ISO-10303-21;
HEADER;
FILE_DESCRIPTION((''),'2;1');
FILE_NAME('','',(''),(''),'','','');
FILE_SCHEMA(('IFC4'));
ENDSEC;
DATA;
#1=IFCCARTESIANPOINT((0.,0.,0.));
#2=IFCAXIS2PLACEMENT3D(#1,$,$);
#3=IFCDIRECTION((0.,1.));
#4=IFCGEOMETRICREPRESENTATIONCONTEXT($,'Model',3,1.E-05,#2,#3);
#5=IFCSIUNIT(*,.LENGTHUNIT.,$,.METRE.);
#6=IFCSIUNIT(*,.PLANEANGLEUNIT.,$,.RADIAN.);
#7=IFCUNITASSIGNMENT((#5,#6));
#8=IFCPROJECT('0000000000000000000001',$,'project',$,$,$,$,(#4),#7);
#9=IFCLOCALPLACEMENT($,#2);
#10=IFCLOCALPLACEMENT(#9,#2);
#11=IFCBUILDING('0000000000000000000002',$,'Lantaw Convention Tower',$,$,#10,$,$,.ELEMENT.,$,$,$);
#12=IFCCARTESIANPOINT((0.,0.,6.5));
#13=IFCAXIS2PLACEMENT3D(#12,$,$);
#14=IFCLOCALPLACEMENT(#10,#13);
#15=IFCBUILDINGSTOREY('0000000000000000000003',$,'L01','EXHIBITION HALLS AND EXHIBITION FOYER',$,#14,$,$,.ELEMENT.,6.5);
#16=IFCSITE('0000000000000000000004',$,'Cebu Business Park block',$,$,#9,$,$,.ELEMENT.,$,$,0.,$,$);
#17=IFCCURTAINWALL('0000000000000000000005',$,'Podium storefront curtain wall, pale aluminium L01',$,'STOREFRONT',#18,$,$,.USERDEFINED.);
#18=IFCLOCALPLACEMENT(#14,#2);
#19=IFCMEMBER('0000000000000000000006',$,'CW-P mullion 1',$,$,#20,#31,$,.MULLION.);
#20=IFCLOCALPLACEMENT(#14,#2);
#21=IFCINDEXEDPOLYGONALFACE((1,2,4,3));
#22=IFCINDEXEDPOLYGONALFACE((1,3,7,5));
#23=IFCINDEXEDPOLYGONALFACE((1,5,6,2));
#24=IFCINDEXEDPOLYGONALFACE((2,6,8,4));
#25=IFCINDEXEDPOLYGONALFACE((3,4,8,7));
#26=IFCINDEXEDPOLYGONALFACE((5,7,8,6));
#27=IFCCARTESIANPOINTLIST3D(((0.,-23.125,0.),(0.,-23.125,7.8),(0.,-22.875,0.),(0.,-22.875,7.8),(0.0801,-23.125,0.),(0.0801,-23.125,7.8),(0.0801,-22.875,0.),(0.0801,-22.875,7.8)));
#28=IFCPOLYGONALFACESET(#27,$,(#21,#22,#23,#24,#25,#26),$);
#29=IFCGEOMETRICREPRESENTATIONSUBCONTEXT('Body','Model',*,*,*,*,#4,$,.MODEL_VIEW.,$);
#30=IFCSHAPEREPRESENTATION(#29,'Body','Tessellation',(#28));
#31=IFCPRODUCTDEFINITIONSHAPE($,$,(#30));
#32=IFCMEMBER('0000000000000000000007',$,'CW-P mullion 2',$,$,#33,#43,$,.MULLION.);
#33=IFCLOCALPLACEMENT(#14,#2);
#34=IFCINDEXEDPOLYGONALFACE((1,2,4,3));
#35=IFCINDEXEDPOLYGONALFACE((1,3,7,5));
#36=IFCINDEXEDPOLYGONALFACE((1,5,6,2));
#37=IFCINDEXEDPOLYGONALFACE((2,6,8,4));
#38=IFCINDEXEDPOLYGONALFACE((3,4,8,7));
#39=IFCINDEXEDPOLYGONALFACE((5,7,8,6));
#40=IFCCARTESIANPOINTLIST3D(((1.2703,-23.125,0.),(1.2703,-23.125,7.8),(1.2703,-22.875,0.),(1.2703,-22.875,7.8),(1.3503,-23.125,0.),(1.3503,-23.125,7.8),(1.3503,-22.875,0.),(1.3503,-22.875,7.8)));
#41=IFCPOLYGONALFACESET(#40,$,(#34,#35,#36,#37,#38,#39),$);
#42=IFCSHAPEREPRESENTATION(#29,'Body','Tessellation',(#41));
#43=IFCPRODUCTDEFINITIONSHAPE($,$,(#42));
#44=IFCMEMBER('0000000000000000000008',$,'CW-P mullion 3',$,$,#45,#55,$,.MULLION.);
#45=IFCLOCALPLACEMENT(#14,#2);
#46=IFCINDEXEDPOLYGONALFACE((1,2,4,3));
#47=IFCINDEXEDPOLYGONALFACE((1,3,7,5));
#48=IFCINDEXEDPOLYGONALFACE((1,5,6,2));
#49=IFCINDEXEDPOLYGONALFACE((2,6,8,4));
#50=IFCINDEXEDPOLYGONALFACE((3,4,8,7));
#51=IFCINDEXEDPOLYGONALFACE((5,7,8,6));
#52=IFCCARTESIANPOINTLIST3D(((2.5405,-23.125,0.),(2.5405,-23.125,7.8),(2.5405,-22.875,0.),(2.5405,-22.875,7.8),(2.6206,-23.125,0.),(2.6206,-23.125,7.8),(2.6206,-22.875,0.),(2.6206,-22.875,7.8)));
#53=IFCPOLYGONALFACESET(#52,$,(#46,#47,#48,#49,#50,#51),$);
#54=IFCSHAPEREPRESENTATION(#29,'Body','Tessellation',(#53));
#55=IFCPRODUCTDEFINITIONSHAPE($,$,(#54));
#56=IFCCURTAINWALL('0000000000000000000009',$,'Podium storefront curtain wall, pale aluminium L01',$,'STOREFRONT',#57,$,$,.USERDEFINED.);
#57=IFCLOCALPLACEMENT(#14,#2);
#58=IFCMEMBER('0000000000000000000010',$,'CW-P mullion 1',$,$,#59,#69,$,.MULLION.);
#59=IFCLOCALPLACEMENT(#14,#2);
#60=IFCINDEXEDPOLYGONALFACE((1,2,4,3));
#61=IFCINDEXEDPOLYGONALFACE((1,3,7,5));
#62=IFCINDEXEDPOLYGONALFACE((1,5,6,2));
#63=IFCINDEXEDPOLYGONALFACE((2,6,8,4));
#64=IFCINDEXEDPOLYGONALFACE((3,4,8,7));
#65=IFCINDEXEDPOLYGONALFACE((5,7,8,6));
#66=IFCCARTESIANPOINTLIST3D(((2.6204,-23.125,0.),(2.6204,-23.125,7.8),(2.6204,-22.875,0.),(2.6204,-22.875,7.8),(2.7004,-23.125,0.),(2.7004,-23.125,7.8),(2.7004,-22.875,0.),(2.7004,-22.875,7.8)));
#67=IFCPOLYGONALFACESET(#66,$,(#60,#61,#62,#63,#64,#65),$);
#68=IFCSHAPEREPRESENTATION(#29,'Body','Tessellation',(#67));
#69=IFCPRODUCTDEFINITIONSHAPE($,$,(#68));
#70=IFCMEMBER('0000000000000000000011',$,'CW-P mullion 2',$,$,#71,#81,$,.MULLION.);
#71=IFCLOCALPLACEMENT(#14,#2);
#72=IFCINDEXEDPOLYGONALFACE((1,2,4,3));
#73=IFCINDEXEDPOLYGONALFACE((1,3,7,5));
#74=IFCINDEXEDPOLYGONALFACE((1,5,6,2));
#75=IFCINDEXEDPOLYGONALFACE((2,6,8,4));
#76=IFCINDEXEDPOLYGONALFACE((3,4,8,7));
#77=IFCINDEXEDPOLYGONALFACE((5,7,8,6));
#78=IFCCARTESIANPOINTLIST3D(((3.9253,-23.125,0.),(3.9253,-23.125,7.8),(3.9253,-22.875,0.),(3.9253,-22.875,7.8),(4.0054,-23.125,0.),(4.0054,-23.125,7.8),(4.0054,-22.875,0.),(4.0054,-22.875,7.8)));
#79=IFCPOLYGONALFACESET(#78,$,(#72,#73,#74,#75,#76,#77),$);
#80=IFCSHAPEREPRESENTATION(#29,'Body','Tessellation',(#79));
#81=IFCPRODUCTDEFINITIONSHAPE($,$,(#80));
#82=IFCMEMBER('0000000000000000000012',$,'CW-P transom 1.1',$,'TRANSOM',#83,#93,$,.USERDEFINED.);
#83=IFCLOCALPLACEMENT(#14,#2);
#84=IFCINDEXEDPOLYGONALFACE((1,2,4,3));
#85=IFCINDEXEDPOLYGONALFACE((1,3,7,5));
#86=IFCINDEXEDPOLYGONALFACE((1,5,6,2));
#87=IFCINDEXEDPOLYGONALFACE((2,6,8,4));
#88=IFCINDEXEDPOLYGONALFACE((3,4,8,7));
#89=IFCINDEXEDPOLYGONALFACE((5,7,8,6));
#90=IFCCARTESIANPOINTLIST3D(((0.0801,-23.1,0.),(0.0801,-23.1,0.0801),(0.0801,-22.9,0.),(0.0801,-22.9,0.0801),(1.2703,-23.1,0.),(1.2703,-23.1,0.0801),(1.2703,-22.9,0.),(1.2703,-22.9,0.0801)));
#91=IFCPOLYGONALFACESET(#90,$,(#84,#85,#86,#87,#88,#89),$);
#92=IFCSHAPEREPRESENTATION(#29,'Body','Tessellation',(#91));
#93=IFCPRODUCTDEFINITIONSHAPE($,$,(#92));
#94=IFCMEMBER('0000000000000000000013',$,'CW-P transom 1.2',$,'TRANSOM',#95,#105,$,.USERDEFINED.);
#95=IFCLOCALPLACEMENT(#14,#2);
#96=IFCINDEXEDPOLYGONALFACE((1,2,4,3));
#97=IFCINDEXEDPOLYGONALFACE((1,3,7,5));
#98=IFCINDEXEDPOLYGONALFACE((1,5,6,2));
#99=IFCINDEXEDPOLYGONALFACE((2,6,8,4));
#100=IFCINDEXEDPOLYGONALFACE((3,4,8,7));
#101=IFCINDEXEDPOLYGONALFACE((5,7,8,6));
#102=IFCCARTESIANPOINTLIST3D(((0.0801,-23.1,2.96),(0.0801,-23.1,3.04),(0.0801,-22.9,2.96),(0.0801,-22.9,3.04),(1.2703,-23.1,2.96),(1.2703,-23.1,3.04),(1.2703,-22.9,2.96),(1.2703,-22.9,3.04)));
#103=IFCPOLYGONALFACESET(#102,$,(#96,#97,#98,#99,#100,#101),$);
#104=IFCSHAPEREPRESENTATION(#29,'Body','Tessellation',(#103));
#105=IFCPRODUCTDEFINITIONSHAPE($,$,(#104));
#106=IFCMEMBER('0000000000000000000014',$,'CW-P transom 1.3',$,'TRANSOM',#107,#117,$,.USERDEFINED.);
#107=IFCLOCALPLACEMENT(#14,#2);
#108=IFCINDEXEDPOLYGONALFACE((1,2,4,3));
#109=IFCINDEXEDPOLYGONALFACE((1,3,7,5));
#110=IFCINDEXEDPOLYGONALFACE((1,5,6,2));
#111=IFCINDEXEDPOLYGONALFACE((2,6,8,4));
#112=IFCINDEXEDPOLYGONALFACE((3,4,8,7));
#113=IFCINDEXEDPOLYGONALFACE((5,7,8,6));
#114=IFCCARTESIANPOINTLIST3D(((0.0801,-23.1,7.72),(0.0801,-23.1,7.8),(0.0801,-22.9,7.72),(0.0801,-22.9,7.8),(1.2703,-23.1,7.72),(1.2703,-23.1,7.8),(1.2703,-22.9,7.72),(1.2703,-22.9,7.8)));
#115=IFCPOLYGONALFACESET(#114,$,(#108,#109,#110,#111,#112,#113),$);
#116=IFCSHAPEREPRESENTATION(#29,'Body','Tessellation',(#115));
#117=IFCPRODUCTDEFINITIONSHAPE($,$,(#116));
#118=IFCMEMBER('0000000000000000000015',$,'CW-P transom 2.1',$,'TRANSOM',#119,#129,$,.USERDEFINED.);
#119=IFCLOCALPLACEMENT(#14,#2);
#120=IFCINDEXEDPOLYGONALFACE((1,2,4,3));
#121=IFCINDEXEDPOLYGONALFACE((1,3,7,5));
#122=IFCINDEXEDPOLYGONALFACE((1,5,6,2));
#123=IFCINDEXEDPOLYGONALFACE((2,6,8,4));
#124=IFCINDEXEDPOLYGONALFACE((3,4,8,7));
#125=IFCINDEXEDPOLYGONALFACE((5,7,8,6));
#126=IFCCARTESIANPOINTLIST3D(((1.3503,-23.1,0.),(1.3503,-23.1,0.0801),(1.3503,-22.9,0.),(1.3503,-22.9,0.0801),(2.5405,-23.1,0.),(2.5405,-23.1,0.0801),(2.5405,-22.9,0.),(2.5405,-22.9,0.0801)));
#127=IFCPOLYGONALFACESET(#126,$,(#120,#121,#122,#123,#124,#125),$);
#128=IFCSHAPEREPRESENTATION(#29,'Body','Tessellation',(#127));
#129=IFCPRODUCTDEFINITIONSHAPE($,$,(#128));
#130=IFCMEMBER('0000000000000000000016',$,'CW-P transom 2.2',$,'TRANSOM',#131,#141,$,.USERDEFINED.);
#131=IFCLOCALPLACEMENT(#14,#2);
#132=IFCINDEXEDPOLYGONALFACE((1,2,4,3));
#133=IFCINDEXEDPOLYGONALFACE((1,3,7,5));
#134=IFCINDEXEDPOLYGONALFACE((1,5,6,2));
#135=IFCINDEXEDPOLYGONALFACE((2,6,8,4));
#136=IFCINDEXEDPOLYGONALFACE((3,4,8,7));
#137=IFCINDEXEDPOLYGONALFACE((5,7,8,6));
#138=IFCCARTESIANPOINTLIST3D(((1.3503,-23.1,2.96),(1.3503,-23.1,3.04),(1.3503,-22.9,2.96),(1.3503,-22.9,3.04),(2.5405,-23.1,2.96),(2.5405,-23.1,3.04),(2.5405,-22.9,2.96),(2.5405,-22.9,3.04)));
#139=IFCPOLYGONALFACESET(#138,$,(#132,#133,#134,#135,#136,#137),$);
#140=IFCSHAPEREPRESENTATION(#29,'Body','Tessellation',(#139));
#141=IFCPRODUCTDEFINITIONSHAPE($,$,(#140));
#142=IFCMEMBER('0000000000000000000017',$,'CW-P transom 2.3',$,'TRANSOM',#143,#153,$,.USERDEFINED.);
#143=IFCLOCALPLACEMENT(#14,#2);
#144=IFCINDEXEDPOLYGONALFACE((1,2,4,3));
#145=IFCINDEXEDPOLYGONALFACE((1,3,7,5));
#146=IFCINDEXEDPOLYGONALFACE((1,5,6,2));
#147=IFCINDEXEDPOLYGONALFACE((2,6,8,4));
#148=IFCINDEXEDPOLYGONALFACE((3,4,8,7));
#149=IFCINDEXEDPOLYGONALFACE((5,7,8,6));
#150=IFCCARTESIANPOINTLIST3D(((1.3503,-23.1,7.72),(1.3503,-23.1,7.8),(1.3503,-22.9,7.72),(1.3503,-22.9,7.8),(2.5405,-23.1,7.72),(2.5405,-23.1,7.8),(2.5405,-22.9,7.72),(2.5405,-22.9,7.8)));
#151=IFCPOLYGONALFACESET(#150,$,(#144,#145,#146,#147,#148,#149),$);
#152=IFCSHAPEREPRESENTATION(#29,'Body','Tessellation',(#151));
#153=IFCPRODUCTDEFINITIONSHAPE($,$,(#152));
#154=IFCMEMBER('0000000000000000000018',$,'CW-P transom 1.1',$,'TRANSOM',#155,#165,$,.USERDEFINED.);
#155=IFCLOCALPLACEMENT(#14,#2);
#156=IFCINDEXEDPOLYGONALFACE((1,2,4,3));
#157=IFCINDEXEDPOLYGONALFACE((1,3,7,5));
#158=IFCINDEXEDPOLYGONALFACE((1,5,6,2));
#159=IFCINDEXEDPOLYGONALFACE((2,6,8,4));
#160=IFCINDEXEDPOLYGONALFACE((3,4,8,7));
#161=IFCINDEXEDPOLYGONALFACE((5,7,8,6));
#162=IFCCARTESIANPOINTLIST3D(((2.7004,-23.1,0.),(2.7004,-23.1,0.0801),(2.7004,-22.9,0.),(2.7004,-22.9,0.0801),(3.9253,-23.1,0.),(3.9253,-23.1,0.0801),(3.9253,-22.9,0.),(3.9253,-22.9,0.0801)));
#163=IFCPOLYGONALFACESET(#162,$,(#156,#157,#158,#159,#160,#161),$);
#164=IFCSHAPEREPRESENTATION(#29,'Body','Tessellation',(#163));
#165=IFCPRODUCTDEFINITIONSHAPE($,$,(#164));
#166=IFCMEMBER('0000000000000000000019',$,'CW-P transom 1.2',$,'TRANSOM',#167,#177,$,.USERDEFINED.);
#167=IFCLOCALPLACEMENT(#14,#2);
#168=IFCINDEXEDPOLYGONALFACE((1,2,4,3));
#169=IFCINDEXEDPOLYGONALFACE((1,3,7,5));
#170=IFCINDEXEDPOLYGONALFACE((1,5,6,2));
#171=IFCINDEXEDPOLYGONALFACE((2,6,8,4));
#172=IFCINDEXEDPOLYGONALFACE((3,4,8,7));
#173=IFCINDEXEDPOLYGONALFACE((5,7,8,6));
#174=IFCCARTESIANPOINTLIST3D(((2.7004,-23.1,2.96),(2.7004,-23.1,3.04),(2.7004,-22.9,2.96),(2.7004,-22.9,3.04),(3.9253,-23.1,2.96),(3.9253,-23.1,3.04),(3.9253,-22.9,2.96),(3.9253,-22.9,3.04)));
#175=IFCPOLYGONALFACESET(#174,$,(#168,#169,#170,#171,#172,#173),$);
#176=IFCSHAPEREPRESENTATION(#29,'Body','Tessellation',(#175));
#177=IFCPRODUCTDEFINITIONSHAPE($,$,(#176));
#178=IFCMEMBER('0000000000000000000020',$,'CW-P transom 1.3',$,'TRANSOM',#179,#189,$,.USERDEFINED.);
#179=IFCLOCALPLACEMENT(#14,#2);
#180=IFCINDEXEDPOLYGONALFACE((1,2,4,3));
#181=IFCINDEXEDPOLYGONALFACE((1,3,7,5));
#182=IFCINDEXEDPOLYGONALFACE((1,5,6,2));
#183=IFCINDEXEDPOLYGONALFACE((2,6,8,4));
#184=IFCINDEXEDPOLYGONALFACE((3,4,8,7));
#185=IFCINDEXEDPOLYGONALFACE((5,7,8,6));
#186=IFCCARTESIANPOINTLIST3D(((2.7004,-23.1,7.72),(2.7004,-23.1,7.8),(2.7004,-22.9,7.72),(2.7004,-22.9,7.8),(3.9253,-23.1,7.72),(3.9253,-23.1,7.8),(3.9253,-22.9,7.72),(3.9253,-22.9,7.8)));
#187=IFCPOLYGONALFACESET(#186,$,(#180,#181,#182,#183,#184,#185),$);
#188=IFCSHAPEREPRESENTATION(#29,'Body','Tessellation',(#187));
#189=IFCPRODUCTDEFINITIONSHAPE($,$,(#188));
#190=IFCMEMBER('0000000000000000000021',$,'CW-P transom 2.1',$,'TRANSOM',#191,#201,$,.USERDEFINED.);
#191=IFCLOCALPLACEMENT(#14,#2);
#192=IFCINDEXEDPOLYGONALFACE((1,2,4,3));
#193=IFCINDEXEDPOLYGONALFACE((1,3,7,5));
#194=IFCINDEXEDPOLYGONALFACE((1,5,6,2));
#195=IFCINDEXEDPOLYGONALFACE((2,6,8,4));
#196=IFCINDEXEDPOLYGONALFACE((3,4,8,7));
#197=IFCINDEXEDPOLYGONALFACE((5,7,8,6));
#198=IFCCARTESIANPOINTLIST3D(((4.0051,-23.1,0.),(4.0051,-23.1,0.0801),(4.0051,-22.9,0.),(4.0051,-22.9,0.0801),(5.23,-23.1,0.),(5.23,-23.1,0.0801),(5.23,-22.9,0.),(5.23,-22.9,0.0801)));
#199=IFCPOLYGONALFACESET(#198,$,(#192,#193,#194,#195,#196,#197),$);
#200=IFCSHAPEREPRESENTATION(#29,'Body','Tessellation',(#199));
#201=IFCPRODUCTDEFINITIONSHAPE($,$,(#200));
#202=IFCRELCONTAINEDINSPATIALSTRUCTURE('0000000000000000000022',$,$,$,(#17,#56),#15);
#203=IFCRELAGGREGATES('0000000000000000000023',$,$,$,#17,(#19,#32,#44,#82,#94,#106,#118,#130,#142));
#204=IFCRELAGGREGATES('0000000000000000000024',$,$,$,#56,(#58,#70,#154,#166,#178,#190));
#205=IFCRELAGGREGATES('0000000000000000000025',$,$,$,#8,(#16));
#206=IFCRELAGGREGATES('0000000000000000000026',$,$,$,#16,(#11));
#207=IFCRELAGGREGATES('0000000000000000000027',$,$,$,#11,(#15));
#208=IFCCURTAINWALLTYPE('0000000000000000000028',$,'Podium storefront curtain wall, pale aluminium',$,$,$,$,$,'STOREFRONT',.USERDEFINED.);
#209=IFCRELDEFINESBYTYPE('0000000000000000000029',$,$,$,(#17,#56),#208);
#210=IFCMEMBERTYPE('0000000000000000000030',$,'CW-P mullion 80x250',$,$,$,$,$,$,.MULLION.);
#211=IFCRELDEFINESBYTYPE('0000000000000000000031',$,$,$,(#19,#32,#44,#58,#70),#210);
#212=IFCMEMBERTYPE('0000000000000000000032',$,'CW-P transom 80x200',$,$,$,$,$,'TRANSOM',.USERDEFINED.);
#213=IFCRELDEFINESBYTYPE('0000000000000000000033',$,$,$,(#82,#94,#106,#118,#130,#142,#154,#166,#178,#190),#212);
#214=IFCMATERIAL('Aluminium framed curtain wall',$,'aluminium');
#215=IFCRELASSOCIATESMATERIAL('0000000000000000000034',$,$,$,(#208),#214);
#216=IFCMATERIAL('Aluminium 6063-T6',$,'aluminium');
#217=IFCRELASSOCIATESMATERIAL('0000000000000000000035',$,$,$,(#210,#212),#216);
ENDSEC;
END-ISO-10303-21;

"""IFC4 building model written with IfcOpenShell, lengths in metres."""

from ifc_helpers import new_model, si_unit, direction, frame, origin, origin_2d, place, context, subcontext, project, spatial, rectangle, extrude, material, material_profile, profile_set, type_object, element, aggregate, save


model = new_model("IFC4")

# Units and contexts
model_context = context("Model", 3, precision=1e-05, world=origin(), true_north=direction((0.0, 1.0)))
body_context = subcontext(model_context, "Body", "Model", "MODEL_VIEW")
ifc_project = project(units=[si_unit("LENGTHUNIT", "METRE"), si_unit("PLANEANGLEUNIT", "RADIAN")], contexts=[model_context])

# Site, building, storey
site_placement = place(None, origin())
site = spatial("IfcSite", under=ifc_project, at=site_placement, Name="Cebu Business Park block", CompositionType="ELEMENT", RefElevation=0.0)
building_placement = place(site_placement, origin())
building = spatial("IfcBuilding", under=site, at=building_placement, Name="Lantaw Convention Tower", CompositionType="ELEMENT")
storey_placement = place(building_placement, frame((0.0, 0.0, 6.5)))
storey = spatial("IfcBuildingStorey", under=building, at=storey_placement, Name="L01", Description="EXHIBITION HALLS AND EXHIBITION FOYER", CompositionType="ELEMENT", Elevation=6.5)

# Curtain walls, members
ifc_material_1 = material(Name="Aluminium framed curtain wall", Category="aluminium")
curtain_wall_type = type_object("IfcCurtainWallType", Name="Podium storefront curtain wall, pale aluminium", ElementType="STOREFRONT", PredefinedType="USERDEFINED", material=ifc_material_1)
curtain_wall_1_placement = place(storey_placement, origin())
curtain_wall_1 = element("IfcCurtainWall", 1, at=curtain_wall_1_placement, inside=storey, type_object=curtain_wall_type, Name="Podium storefront curtain wall, pale aluminium L01", ObjectType="STOREFRONT", PredefinedType="USERDEFINED")
ifc_material_2 = material(Name="Aluminium 6063-T6", Category="aluminium")
ifc_material_profile_1 = material_profile(ifc_material_2, rectangle(XDim=0.25, YDim=0.0801, at=origin_2d()), Name="CW-P mullion 80x250")
ifc_profile_set_1 = profile_set([ifc_material_profile_1], Name="Aluminium 6063-T6")
member_type_1 = type_object("IfcMemberType", Name="CW-P mullion 80x250", PredefinedType="MULLION", material=ifc_profile_set_1)
member_1_placement = place(storey_placement, frame((0.04, -23.0, 0.0), z_axis=(0.0, 0.0, 1.0), x_axis=(0.0, 1.0, 0.0)))
member_1 = element("IfcMember", 2, at=member_1_placement, type_object=member_type_1, Name="CW-P mullion 1", PredefinedType="MULLION", context=body_context, shape_type="SweptSolid", body=[
    extrude(rectangle(XDim=0.25, YDim=0.0801, at=origin_2d()), origin(), (0.0, 0.0, 1.0), 7.8),
])
member_2_placement = place(storey_placement, frame((1.3103, -23.0, 0.0), z_axis=(0.0, 0.0, 1.0), x_axis=(0.0, 1.0, 0.0)))
member_2 = element("IfcMember", 3, at=member_2_placement, type_object=member_type_1, Name="CW-P mullion 2", PredefinedType="MULLION", context=body_context, shape_type="SweptSolid", body=[
    extrude(rectangle(XDim=0.25, YDim=0.0801, at=origin_2d()), origin(), (0.0, 0.0, 1.0), 7.8),
])
member_3_placement = place(storey_placement, frame((2.5806, -23.0, 0.0), z_axis=(0.0, 0.0, 1.0), x_axis=(0.0, 1.0, 0.0)))
member_3 = element("IfcMember", 4, at=member_3_placement, type_object=member_type_1, Name="CW-P mullion 3", PredefinedType="MULLION", context=body_context, shape_type="SweptSolid", body=[
    extrude(rectangle(XDim=0.25, YDim=0.0801, at=origin_2d()), origin(), (0.0, 0.0, 1.0), 7.8),
])
curtain_wall_2_placement = place(storey_placement, origin())
curtain_wall_2 = element("IfcCurtainWall", 5, at=curtain_wall_2_placement, inside=storey, type_object=curtain_wall_type, Name="Podium storefront curtain wall, pale aluminium L01", ObjectType="STOREFRONT", PredefinedType="USERDEFINED")
member_4_placement = place(storey_placement, frame((2.6604, -23.0, 0.0), z_axis=(0.0, 0.0, 1.0), x_axis=(0.0, 1.0, 0.0)))
member_4 = element("IfcMember", 6, at=member_4_placement, type_object=member_type_1, Name="CW-P mullion 1", PredefinedType="MULLION", context=body_context, shape_type="SweptSolid", body=[
    extrude(rectangle(XDim=0.25, YDim=0.0801, at=origin_2d()), origin(), (0.0, 0.0, 1.0), 7.8),
])
member_5_placement = place(storey_placement, frame((3.9653, -23.0, 0.0), z_axis=(0.0, 0.0, 1.0), x_axis=(0.0, 1.0, 0.0)))
member_5 = element("IfcMember", 7, at=member_5_placement, type_object=member_type_1, Name="CW-P mullion 2", PredefinedType="MULLION", context=body_context, shape_type="SweptSolid", body=[
    extrude(rectangle(XDim=0.25, YDim=0.0801, at=origin_2d()), origin(), (0.0, 0.0, 1.0), 7.8),
])

# Members
ifc_material_profile_2 = material_profile(ifc_material_2, rectangle(XDim=0.2, YDim=0.0801, at=origin_2d()), Name="CW-P transom 80x200")
ifc_profile_set_2 = profile_set([ifc_material_profile_2], Name="Aluminium 6063-T6")
member_type_2 = type_object("IfcMemberType", Name="CW-P transom 80x200", ElementType="TRANSOM", PredefinedType="USERDEFINED", material=ifc_profile_set_2)
member_6_placement = place(storey_placement, frame((0.0801, -23.0, 0.04), z_axis=(1.0, 0.0, 0.0), x_axis=(0.0, 1.0, 0.0)))
member_6 = element("IfcMember", 8, at=member_6_placement, type_object=member_type_2, Name="CW-P transom 1.1", ObjectType="TRANSOM", PredefinedType="USERDEFINED", context=body_context, shape_type="SweptSolid", body=[
    extrude(rectangle(XDim=0.2, YDim=0.0801, at=origin_2d()), origin(), (0.0, 0.0, 1.0), 1.1902),
])
member_7_placement = place(storey_placement, frame((0.0801, -23.0, 3.0), z_axis=(1.0, 0.0, 0.0), x_axis=(0.0, 1.0, 0.0)))
member_7 = element("IfcMember", 9, at=member_7_placement, type_object=member_type_2, Name="CW-P transom 1.2", ObjectType="TRANSOM", PredefinedType="USERDEFINED", context=body_context, shape_type="SweptSolid", body=[
    extrude(rectangle(XDim=0.2, YDim=0.0801, at=origin_2d()), origin(), (0.0, 0.0, 1.0), 1.1902),
])
member_8_placement = place(storey_placement, frame((0.0801, -23.0, 7.76), z_axis=(1.0, 0.0, 0.0), x_axis=(0.0, 1.0, 0.0)))
member_8 = element("IfcMember", 10, at=member_8_placement, type_object=member_type_2, Name="CW-P transom 1.3", ObjectType="TRANSOM", PredefinedType="USERDEFINED", context=body_context, shape_type="SweptSolid", body=[
    extrude(rectangle(XDim=0.2, YDim=0.0801, at=origin_2d()), origin(), (0.0, 0.0, 1.0), 1.1902),
])
member_9_placement = place(storey_placement, frame((1.3503, -23.0, 0.04), z_axis=(1.0, 0.0, 0.0), x_axis=(0.0, 1.0, 0.0)))
member_9 = element("IfcMember", 11, at=member_9_placement, type_object=member_type_2, Name="CW-P transom 2.1", ObjectType="TRANSOM", PredefinedType="USERDEFINED", context=body_context, shape_type="SweptSolid", body=[
    extrude(rectangle(XDim=0.2, YDim=0.0801, at=origin_2d()), origin(), (0.0, 0.0, 1.0), 1.1902),
])
member_10_placement = place(storey_placement, frame((1.3503, -23.0, 3.0), z_axis=(1.0, 0.0, 0.0), x_axis=(0.0, 1.0, 0.0)))
member_10 = element("IfcMember", 12, at=member_10_placement, type_object=member_type_2, Name="CW-P transom 2.2", ObjectType="TRANSOM", PredefinedType="USERDEFINED", context=body_context, shape_type="SweptSolid", body=[
    extrude(rectangle(XDim=0.2, YDim=0.0801, at=origin_2d()), origin(), (0.0, 0.0, 1.0), 1.1902),
])
member_11_placement = place(storey_placement, frame((1.3503, -23.0, 7.76), z_axis=(1.0, 0.0, 0.0), x_axis=(0.0, 1.0, 0.0)))
member_11 = element("IfcMember", 13, at=member_11_placement, type_object=member_type_2, Name="CW-P transom 2.3", ObjectType="TRANSOM", PredefinedType="USERDEFINED", context=body_context, shape_type="SweptSolid", body=[
    extrude(rectangle(XDim=0.2, YDim=0.0801, at=origin_2d()), origin(), (0.0, 0.0, 1.0), 1.1902),
])
member_12_placement = place(storey_placement, frame((2.7004, -23.0, 0.04), z_axis=(1.0, 0.0, 0.0), x_axis=(0.0, 1.0, 0.0)))
member_12 = element("IfcMember", 14, at=member_12_placement, type_object=member_type_2, Name="CW-P transom 1.1", ObjectType="TRANSOM", PredefinedType="USERDEFINED", context=body_context, shape_type="SweptSolid", body=[
    extrude(rectangle(XDim=0.2, YDim=0.0801, at=origin_2d()), origin(), (0.0, 0.0, 1.0), 1.2249),
])
member_13_placement = place(storey_placement, frame((2.7004, -23.0, 3.0), z_axis=(1.0, 0.0, 0.0), x_axis=(0.0, 1.0, 0.0)))
member_13 = element("IfcMember", 15, at=member_13_placement, type_object=member_type_2, Name="CW-P transom 1.2", ObjectType="TRANSOM", PredefinedType="USERDEFINED", context=body_context, shape_type="SweptSolid", body=[
    extrude(rectangle(XDim=0.2, YDim=0.0801, at=origin_2d()), origin(), (0.0, 0.0, 1.0), 1.2249),
])
member_14_placement = place(storey_placement, frame((2.7004, -23.0, 7.76), z_axis=(1.0, 0.0, 0.0), x_axis=(0.0, 1.0, 0.0)))
member_14 = element("IfcMember", 16, at=member_14_placement, type_object=member_type_2, Name="CW-P transom 1.3", ObjectType="TRANSOM", PredefinedType="USERDEFINED", context=body_context, shape_type="SweptSolid", body=[
    extrude(rectangle(XDim=0.2, YDim=0.0801, at=origin_2d()), origin(), (0.0, 0.0, 1.0), 1.2249),
])
member_15_placement = place(storey_placement, frame((4.0051, -23.0, 0.04), z_axis=(1.0, 0.0, 0.0), x_axis=(0.0, 1.0, 0.0)))
member_15 = element("IfcMember", 17, at=member_15_placement, type_object=member_type_2, Name="CW-P transom 2.1", ObjectType="TRANSOM", PredefinedType="USERDEFINED", context=body_context, shape_type="SweptSolid", body=[
    extrude(rectangle(XDim=0.2, YDim=0.0801, at=origin_2d()), origin(), (0.0, 0.0, 1.0), 1.2249),
])

aggregate(curtain_wall_1, [member_1, member_2, member_3, member_6, member_7, member_8, member_9, member_10, member_11])
aggregate(curtain_wall_2, [member_4, member_5, member_12, member_13, member_14, member_15])

save(model, "model.ifc")
